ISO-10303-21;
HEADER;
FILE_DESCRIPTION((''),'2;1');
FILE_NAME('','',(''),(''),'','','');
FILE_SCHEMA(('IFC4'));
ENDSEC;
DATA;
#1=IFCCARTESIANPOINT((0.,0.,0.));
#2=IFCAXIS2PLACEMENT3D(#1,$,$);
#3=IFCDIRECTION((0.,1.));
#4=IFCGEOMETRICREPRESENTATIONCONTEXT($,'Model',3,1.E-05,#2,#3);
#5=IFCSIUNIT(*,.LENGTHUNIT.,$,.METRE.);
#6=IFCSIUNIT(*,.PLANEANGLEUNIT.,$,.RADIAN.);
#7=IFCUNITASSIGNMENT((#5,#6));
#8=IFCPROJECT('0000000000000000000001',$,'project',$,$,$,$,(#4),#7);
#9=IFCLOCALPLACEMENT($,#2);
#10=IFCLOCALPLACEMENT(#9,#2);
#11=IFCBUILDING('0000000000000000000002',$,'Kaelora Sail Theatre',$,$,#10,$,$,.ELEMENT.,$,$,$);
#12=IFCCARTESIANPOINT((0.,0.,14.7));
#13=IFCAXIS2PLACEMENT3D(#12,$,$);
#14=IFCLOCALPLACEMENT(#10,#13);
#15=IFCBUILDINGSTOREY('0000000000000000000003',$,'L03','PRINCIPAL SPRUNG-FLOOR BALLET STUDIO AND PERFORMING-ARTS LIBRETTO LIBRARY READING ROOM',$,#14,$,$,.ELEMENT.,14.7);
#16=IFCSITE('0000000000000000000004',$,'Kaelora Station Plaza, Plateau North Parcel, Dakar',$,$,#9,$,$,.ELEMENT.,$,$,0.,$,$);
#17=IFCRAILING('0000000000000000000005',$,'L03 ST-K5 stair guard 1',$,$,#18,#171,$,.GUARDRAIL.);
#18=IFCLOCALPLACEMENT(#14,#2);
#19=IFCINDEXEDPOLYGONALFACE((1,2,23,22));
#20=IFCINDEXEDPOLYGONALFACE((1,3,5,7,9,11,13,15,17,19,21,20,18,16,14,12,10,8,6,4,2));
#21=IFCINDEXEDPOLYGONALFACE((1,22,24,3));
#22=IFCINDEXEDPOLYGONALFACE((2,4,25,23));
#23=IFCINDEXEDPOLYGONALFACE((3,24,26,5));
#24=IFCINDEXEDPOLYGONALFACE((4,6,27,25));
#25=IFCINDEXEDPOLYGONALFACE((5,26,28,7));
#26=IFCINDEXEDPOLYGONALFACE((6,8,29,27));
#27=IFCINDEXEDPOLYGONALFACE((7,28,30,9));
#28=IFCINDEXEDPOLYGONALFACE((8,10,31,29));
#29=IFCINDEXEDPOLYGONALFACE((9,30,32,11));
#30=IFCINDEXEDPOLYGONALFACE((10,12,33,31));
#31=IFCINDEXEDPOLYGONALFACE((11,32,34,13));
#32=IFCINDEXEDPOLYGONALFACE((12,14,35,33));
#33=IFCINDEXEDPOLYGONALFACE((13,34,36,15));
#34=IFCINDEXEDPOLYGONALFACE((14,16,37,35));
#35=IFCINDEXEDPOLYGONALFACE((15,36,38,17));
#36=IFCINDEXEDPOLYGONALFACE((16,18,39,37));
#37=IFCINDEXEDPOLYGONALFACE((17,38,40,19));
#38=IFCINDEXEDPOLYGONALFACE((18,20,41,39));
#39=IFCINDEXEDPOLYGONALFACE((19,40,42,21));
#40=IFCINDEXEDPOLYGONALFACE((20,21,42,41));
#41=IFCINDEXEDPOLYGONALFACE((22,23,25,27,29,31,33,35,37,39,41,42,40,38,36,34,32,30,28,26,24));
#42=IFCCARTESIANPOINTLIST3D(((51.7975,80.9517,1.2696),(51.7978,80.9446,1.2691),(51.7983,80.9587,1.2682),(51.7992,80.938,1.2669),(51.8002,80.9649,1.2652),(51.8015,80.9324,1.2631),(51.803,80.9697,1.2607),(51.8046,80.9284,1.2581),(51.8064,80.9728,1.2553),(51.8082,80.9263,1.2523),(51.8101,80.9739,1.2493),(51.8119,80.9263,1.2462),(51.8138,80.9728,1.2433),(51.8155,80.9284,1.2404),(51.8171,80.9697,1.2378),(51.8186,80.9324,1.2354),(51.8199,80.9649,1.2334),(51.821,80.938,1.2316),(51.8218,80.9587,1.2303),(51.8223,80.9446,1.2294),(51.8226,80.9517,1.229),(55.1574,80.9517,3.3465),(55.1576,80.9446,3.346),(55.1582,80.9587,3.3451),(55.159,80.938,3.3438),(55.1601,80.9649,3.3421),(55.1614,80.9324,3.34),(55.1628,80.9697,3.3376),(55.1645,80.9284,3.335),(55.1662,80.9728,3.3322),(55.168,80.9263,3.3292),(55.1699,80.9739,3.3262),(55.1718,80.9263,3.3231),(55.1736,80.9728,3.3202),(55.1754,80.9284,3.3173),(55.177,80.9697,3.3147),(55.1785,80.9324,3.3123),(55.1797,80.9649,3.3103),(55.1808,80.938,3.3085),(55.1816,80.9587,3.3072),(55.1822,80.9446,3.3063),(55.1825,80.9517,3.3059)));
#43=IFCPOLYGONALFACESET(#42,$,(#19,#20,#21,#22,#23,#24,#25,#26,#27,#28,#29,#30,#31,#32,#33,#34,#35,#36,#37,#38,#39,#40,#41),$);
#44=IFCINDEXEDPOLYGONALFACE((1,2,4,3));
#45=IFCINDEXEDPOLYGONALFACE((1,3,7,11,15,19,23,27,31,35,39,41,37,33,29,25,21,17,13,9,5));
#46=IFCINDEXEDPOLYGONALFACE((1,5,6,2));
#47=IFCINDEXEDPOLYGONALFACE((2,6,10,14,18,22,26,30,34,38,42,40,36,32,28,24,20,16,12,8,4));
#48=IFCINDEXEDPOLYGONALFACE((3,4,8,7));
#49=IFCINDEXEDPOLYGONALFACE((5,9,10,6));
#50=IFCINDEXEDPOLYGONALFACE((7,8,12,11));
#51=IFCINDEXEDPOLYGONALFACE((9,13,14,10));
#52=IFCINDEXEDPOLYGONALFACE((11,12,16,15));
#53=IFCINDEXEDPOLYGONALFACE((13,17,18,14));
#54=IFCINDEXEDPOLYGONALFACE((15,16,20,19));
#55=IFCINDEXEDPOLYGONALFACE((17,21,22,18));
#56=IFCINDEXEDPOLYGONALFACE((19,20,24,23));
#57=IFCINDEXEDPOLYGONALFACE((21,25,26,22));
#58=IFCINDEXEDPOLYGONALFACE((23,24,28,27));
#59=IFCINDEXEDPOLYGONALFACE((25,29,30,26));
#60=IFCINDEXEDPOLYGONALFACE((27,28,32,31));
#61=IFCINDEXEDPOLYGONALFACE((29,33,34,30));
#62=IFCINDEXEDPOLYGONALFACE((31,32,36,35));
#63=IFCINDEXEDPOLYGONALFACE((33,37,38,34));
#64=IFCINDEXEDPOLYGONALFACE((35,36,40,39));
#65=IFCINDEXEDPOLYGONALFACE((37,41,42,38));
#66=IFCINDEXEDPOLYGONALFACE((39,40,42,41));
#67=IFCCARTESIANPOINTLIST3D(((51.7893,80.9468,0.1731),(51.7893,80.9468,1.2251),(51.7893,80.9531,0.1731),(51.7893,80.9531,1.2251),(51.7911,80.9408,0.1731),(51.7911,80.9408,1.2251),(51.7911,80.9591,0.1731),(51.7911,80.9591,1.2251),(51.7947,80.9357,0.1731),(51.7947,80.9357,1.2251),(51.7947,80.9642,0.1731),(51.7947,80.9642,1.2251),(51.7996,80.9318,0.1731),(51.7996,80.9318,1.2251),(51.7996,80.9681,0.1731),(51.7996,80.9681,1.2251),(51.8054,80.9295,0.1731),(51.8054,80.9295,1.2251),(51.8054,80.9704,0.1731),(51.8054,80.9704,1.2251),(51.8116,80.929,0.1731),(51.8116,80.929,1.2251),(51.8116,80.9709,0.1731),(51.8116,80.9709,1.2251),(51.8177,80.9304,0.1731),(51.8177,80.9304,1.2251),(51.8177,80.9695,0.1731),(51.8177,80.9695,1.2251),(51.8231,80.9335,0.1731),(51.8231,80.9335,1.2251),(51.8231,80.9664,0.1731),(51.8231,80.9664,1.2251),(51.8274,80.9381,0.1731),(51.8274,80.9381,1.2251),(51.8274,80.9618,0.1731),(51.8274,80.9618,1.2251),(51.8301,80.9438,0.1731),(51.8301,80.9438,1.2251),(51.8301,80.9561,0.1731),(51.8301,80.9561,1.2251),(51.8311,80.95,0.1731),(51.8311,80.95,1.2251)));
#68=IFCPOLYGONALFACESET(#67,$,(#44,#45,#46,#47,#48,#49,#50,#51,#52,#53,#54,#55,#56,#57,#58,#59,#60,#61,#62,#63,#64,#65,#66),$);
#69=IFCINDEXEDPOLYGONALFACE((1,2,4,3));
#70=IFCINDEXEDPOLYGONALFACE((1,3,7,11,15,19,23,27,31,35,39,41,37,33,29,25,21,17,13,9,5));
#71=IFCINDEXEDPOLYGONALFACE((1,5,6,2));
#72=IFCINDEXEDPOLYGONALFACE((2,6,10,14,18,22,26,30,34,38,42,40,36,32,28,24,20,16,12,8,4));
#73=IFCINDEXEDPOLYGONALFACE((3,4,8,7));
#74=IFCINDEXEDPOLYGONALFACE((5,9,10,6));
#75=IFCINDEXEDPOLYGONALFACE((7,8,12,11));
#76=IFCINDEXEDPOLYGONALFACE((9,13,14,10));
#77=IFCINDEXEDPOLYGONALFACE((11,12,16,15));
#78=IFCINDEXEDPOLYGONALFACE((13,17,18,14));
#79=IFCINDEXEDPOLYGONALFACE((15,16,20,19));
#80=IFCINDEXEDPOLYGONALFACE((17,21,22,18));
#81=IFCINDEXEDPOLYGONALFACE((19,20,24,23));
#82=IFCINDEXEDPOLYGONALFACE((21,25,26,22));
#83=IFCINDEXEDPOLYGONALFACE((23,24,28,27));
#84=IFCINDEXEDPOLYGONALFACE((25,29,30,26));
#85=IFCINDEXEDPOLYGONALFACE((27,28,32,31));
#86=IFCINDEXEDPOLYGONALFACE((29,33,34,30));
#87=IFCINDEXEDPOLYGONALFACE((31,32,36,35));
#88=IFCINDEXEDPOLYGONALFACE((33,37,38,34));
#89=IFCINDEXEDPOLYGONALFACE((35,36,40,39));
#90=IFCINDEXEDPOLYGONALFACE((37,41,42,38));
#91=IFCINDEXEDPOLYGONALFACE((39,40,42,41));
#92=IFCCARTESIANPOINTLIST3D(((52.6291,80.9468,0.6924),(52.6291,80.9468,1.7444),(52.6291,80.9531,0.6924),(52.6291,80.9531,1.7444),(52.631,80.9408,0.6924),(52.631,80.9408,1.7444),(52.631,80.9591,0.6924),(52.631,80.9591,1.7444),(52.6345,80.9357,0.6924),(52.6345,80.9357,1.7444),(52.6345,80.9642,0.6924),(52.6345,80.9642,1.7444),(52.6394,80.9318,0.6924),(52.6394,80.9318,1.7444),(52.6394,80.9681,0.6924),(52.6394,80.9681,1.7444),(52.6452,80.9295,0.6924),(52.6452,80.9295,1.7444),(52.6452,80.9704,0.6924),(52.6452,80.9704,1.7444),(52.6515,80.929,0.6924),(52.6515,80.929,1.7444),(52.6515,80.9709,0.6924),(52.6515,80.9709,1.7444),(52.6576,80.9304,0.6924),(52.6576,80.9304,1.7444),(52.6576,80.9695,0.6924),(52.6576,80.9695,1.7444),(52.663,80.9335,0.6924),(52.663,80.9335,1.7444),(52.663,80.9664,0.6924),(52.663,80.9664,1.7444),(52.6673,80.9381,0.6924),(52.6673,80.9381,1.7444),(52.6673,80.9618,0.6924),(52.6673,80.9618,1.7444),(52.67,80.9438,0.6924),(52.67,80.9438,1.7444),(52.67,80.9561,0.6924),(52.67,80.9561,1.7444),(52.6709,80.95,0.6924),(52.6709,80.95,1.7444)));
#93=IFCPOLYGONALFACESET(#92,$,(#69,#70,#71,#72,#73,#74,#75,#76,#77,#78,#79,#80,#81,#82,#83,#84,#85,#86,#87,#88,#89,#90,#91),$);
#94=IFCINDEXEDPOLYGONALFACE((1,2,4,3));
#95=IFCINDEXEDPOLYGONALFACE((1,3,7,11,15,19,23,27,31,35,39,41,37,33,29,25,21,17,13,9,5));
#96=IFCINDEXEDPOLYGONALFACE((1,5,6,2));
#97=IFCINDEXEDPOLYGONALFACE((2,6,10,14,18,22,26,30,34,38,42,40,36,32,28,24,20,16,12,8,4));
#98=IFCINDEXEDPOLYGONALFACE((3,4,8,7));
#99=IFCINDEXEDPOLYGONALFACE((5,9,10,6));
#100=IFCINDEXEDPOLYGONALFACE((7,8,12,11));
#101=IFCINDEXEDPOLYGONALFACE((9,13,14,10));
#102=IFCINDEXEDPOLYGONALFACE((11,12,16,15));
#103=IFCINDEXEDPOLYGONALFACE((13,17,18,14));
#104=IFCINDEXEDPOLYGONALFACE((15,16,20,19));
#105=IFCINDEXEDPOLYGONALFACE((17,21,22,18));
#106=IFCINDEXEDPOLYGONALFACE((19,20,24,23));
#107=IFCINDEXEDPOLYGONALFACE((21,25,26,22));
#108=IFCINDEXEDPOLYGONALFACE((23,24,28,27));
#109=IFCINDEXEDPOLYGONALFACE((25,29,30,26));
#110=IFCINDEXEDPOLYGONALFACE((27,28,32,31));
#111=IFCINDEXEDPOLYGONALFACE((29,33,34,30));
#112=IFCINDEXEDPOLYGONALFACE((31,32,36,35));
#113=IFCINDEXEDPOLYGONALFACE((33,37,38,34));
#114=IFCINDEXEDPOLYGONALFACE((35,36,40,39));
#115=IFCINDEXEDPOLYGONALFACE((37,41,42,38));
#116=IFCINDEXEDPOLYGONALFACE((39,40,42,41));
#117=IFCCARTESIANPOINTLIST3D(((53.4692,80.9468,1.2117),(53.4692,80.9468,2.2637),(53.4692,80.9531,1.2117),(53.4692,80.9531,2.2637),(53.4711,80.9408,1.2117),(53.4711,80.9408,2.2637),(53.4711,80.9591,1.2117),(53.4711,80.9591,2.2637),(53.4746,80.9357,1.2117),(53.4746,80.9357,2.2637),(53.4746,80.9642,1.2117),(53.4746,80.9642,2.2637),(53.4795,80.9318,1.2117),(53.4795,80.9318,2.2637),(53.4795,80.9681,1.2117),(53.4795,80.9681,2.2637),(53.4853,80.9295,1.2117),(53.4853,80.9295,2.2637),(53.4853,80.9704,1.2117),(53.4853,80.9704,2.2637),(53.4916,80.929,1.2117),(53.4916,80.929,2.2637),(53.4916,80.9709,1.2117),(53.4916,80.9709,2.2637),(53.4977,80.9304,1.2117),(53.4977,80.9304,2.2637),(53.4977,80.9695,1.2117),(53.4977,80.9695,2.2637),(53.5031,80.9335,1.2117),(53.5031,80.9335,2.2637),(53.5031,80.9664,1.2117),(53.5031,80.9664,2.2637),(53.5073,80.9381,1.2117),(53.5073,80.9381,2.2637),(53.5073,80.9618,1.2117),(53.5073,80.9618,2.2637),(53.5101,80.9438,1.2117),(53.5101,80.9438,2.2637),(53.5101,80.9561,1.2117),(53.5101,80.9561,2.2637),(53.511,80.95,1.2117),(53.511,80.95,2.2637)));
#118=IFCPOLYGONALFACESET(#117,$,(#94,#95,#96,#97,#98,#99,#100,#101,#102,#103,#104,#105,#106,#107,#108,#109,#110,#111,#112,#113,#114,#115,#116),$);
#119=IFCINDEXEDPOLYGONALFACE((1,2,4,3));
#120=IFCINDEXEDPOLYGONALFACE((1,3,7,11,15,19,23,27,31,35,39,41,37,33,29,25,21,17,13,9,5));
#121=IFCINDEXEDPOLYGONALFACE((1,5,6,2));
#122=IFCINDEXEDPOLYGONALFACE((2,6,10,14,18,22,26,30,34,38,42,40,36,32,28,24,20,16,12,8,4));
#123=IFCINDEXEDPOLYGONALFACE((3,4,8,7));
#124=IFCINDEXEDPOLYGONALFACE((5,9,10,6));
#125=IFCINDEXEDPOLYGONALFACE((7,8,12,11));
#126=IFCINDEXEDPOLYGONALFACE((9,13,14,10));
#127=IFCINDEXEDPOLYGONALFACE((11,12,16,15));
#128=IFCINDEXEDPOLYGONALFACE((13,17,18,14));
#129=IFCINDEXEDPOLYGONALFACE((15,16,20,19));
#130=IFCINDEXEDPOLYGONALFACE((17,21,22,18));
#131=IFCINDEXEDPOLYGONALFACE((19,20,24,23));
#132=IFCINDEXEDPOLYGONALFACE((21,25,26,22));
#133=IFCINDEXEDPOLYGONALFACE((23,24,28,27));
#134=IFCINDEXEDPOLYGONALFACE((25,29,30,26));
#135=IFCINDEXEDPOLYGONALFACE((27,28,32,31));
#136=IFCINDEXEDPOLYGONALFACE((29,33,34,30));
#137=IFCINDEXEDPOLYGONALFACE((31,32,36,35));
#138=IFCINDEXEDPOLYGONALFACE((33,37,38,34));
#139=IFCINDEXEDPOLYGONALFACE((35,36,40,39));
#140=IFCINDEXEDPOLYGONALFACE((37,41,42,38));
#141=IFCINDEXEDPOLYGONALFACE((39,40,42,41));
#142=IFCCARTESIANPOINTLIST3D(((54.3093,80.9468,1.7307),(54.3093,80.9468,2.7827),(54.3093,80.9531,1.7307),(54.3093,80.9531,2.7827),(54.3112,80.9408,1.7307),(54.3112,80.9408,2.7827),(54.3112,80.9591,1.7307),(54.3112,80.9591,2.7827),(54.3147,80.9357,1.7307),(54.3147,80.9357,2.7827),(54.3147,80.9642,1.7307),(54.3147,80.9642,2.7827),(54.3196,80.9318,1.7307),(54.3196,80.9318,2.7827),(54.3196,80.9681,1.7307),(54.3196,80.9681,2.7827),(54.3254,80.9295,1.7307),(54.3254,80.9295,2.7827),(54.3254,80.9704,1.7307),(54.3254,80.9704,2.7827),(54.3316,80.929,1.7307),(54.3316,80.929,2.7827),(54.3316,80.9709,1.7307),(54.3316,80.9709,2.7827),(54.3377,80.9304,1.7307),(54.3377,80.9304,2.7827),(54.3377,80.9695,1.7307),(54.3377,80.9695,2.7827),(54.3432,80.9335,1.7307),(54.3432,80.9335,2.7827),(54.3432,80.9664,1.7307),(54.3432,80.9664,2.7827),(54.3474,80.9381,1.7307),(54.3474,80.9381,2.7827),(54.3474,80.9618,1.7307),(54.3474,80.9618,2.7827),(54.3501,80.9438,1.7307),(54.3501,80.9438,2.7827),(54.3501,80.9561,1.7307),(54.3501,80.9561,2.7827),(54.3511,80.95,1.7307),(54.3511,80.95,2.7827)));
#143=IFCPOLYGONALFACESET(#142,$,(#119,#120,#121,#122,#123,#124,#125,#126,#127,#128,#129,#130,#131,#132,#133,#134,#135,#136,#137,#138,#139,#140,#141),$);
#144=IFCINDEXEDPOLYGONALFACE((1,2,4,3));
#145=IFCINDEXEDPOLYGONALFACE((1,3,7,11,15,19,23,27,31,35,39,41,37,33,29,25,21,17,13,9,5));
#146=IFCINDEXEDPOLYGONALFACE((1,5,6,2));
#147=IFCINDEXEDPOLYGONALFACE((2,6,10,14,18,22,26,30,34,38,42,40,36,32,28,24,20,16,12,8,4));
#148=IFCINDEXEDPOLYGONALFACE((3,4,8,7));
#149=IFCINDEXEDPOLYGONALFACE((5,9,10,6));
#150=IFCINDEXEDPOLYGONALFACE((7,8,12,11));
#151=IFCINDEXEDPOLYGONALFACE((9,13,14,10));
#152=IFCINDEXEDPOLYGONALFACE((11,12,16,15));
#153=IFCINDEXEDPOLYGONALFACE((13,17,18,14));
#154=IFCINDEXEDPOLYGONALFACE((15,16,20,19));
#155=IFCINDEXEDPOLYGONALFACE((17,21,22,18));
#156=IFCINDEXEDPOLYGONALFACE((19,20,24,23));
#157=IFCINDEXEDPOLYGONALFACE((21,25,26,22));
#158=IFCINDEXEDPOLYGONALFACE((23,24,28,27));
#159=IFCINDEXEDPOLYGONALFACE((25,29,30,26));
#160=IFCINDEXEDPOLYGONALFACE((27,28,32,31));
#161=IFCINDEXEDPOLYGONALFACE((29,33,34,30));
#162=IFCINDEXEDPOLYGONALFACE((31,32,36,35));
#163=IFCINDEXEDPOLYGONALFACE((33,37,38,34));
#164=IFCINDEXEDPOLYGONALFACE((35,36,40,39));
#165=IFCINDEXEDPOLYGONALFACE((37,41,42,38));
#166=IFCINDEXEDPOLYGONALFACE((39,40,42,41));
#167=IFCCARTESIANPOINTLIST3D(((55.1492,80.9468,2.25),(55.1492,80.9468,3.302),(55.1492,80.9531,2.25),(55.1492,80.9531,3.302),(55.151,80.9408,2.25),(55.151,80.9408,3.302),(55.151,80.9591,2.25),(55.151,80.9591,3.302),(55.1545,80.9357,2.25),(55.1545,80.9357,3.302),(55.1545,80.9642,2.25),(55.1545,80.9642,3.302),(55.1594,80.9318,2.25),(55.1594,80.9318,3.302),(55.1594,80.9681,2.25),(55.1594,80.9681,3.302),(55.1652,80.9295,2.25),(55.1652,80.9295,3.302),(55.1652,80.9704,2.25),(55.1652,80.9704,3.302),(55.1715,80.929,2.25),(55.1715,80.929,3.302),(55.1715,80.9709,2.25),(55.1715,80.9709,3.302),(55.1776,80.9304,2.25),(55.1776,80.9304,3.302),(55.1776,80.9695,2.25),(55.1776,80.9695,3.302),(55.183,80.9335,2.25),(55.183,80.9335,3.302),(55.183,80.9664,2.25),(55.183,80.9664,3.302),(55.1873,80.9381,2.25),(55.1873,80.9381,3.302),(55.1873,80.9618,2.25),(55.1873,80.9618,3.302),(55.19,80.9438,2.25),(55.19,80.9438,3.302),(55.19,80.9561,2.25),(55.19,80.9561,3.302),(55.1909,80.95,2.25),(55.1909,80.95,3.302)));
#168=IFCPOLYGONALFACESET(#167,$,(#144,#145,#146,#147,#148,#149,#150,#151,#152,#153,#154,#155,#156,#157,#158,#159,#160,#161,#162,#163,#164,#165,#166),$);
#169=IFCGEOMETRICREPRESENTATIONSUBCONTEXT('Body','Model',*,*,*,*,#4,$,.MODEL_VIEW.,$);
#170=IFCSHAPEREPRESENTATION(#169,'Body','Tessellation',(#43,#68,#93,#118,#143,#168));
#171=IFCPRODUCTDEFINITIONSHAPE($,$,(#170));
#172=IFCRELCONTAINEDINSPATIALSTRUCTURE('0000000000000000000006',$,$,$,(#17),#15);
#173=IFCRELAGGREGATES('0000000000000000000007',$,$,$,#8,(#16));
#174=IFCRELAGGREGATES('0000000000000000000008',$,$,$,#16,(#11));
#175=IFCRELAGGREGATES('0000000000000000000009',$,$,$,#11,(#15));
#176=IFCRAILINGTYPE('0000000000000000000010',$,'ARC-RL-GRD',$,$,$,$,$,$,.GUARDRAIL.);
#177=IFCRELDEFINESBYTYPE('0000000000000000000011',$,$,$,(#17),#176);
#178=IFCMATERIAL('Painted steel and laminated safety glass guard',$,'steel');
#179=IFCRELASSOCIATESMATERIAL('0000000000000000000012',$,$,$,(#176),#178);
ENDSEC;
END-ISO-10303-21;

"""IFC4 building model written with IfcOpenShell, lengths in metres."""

from ifc_helpers import new_model, si_unit, direction, frame, origin, origin_2d, place, context, subcontext, project, spatial, circle, extrude, material, type_object, element, save


model = new_model("IFC4")

# Units and contexts
model_context = context("Model", 3, precision=1e-05, world=origin(), true_north=direction((0.0, 1.0)))
body_context = subcontext(model_context, "Body", "Model", "MODEL_VIEW")
ifc_project = project(units=[si_unit("LENGTHUNIT", "METRE"), si_unit("PLANEANGLEUNIT", "RADIAN")], contexts=[model_context])

# Site, building, storey
site_placement = place(None, origin())
site = spatial("IfcSite", under=ifc_project, at=site_placement, Name="Kaelora Station Plaza, Plateau North Parcel, Dakar", CompositionType="ELEMENT", RefElevation=0.0)
building_placement = place(site_placement, origin())
building = spatial("IfcBuilding", under=site, at=building_placement, Name="Kaelora Sail Theatre", CompositionType="ELEMENT")
storey_placement = place(building_placement, frame((0.0, 0.0, 14.7)))
storey = spatial("IfcBuildingStorey", under=building, at=storey_placement, Name="L03", Description="PRINCIPAL SPRUNG-FLOOR BALLET STUDIO AND PERFORMING-ARTS LIBRETTO LIBRARY READING ROOM", CompositionType="ELEMENT", Elevation=14.7)

# Railing
ifc_material_1 = material(Name="Painted steel and laminated safety glass guard", Category="steel")
railing_type_1 = type_object("IfcRailingType", Name="ARC-RL-GRD", PredefinedType="GUARDRAIL", material=ifc_material_1)
railing_1_placement = place(storey_placement, frame((51.8101, 80.95, 0.1731)))
element("IfcRailing", 1, at=railing_1_placement, inside=storey, type_object=railing_type_1, Name="L03 ST-K5 stair guard 1", PredefinedType="GUARDRAIL", context=body_context, shape_type="SweptSolid", body=[
    extrude(circle(Radius=0.0239, at=origin_2d()), frame((0.0, 0.0, 1.0762), z_axis=(0.850606, 0.0, 0.525803), x_axis=(0.0, 1.0, 0.0)), (0.0, 0.0, 1.0), 3.95),
    extrude(circle(Radius=0.021, at=origin_2d()), origin(), (0.0, 0.0, 1.0), 1.052),
    extrude(circle(Radius=0.021, at=origin_2d()), frame((0.8398, 0.0, 0.5193)), (0.0, 0.0, 1.0), 1.052),
    extrude(circle(Radius=0.021, at=origin_2d()), frame((1.6799, 0.0, 1.0386)), (0.0, 0.0, 1.0), 1.052),
    extrude(circle(Radius=0.021, at=origin_2d()), frame((2.52, 0.0, 1.5576)), (0.0, 0.0, 1.0), 1.052),
    extrude(circle(Radius=0.021, at=origin_2d()), frame((3.3599, 0.0, 2.0769)), (0.0, 0.0, 1.0), 1.052),
])

save(model, "model.ifc")
